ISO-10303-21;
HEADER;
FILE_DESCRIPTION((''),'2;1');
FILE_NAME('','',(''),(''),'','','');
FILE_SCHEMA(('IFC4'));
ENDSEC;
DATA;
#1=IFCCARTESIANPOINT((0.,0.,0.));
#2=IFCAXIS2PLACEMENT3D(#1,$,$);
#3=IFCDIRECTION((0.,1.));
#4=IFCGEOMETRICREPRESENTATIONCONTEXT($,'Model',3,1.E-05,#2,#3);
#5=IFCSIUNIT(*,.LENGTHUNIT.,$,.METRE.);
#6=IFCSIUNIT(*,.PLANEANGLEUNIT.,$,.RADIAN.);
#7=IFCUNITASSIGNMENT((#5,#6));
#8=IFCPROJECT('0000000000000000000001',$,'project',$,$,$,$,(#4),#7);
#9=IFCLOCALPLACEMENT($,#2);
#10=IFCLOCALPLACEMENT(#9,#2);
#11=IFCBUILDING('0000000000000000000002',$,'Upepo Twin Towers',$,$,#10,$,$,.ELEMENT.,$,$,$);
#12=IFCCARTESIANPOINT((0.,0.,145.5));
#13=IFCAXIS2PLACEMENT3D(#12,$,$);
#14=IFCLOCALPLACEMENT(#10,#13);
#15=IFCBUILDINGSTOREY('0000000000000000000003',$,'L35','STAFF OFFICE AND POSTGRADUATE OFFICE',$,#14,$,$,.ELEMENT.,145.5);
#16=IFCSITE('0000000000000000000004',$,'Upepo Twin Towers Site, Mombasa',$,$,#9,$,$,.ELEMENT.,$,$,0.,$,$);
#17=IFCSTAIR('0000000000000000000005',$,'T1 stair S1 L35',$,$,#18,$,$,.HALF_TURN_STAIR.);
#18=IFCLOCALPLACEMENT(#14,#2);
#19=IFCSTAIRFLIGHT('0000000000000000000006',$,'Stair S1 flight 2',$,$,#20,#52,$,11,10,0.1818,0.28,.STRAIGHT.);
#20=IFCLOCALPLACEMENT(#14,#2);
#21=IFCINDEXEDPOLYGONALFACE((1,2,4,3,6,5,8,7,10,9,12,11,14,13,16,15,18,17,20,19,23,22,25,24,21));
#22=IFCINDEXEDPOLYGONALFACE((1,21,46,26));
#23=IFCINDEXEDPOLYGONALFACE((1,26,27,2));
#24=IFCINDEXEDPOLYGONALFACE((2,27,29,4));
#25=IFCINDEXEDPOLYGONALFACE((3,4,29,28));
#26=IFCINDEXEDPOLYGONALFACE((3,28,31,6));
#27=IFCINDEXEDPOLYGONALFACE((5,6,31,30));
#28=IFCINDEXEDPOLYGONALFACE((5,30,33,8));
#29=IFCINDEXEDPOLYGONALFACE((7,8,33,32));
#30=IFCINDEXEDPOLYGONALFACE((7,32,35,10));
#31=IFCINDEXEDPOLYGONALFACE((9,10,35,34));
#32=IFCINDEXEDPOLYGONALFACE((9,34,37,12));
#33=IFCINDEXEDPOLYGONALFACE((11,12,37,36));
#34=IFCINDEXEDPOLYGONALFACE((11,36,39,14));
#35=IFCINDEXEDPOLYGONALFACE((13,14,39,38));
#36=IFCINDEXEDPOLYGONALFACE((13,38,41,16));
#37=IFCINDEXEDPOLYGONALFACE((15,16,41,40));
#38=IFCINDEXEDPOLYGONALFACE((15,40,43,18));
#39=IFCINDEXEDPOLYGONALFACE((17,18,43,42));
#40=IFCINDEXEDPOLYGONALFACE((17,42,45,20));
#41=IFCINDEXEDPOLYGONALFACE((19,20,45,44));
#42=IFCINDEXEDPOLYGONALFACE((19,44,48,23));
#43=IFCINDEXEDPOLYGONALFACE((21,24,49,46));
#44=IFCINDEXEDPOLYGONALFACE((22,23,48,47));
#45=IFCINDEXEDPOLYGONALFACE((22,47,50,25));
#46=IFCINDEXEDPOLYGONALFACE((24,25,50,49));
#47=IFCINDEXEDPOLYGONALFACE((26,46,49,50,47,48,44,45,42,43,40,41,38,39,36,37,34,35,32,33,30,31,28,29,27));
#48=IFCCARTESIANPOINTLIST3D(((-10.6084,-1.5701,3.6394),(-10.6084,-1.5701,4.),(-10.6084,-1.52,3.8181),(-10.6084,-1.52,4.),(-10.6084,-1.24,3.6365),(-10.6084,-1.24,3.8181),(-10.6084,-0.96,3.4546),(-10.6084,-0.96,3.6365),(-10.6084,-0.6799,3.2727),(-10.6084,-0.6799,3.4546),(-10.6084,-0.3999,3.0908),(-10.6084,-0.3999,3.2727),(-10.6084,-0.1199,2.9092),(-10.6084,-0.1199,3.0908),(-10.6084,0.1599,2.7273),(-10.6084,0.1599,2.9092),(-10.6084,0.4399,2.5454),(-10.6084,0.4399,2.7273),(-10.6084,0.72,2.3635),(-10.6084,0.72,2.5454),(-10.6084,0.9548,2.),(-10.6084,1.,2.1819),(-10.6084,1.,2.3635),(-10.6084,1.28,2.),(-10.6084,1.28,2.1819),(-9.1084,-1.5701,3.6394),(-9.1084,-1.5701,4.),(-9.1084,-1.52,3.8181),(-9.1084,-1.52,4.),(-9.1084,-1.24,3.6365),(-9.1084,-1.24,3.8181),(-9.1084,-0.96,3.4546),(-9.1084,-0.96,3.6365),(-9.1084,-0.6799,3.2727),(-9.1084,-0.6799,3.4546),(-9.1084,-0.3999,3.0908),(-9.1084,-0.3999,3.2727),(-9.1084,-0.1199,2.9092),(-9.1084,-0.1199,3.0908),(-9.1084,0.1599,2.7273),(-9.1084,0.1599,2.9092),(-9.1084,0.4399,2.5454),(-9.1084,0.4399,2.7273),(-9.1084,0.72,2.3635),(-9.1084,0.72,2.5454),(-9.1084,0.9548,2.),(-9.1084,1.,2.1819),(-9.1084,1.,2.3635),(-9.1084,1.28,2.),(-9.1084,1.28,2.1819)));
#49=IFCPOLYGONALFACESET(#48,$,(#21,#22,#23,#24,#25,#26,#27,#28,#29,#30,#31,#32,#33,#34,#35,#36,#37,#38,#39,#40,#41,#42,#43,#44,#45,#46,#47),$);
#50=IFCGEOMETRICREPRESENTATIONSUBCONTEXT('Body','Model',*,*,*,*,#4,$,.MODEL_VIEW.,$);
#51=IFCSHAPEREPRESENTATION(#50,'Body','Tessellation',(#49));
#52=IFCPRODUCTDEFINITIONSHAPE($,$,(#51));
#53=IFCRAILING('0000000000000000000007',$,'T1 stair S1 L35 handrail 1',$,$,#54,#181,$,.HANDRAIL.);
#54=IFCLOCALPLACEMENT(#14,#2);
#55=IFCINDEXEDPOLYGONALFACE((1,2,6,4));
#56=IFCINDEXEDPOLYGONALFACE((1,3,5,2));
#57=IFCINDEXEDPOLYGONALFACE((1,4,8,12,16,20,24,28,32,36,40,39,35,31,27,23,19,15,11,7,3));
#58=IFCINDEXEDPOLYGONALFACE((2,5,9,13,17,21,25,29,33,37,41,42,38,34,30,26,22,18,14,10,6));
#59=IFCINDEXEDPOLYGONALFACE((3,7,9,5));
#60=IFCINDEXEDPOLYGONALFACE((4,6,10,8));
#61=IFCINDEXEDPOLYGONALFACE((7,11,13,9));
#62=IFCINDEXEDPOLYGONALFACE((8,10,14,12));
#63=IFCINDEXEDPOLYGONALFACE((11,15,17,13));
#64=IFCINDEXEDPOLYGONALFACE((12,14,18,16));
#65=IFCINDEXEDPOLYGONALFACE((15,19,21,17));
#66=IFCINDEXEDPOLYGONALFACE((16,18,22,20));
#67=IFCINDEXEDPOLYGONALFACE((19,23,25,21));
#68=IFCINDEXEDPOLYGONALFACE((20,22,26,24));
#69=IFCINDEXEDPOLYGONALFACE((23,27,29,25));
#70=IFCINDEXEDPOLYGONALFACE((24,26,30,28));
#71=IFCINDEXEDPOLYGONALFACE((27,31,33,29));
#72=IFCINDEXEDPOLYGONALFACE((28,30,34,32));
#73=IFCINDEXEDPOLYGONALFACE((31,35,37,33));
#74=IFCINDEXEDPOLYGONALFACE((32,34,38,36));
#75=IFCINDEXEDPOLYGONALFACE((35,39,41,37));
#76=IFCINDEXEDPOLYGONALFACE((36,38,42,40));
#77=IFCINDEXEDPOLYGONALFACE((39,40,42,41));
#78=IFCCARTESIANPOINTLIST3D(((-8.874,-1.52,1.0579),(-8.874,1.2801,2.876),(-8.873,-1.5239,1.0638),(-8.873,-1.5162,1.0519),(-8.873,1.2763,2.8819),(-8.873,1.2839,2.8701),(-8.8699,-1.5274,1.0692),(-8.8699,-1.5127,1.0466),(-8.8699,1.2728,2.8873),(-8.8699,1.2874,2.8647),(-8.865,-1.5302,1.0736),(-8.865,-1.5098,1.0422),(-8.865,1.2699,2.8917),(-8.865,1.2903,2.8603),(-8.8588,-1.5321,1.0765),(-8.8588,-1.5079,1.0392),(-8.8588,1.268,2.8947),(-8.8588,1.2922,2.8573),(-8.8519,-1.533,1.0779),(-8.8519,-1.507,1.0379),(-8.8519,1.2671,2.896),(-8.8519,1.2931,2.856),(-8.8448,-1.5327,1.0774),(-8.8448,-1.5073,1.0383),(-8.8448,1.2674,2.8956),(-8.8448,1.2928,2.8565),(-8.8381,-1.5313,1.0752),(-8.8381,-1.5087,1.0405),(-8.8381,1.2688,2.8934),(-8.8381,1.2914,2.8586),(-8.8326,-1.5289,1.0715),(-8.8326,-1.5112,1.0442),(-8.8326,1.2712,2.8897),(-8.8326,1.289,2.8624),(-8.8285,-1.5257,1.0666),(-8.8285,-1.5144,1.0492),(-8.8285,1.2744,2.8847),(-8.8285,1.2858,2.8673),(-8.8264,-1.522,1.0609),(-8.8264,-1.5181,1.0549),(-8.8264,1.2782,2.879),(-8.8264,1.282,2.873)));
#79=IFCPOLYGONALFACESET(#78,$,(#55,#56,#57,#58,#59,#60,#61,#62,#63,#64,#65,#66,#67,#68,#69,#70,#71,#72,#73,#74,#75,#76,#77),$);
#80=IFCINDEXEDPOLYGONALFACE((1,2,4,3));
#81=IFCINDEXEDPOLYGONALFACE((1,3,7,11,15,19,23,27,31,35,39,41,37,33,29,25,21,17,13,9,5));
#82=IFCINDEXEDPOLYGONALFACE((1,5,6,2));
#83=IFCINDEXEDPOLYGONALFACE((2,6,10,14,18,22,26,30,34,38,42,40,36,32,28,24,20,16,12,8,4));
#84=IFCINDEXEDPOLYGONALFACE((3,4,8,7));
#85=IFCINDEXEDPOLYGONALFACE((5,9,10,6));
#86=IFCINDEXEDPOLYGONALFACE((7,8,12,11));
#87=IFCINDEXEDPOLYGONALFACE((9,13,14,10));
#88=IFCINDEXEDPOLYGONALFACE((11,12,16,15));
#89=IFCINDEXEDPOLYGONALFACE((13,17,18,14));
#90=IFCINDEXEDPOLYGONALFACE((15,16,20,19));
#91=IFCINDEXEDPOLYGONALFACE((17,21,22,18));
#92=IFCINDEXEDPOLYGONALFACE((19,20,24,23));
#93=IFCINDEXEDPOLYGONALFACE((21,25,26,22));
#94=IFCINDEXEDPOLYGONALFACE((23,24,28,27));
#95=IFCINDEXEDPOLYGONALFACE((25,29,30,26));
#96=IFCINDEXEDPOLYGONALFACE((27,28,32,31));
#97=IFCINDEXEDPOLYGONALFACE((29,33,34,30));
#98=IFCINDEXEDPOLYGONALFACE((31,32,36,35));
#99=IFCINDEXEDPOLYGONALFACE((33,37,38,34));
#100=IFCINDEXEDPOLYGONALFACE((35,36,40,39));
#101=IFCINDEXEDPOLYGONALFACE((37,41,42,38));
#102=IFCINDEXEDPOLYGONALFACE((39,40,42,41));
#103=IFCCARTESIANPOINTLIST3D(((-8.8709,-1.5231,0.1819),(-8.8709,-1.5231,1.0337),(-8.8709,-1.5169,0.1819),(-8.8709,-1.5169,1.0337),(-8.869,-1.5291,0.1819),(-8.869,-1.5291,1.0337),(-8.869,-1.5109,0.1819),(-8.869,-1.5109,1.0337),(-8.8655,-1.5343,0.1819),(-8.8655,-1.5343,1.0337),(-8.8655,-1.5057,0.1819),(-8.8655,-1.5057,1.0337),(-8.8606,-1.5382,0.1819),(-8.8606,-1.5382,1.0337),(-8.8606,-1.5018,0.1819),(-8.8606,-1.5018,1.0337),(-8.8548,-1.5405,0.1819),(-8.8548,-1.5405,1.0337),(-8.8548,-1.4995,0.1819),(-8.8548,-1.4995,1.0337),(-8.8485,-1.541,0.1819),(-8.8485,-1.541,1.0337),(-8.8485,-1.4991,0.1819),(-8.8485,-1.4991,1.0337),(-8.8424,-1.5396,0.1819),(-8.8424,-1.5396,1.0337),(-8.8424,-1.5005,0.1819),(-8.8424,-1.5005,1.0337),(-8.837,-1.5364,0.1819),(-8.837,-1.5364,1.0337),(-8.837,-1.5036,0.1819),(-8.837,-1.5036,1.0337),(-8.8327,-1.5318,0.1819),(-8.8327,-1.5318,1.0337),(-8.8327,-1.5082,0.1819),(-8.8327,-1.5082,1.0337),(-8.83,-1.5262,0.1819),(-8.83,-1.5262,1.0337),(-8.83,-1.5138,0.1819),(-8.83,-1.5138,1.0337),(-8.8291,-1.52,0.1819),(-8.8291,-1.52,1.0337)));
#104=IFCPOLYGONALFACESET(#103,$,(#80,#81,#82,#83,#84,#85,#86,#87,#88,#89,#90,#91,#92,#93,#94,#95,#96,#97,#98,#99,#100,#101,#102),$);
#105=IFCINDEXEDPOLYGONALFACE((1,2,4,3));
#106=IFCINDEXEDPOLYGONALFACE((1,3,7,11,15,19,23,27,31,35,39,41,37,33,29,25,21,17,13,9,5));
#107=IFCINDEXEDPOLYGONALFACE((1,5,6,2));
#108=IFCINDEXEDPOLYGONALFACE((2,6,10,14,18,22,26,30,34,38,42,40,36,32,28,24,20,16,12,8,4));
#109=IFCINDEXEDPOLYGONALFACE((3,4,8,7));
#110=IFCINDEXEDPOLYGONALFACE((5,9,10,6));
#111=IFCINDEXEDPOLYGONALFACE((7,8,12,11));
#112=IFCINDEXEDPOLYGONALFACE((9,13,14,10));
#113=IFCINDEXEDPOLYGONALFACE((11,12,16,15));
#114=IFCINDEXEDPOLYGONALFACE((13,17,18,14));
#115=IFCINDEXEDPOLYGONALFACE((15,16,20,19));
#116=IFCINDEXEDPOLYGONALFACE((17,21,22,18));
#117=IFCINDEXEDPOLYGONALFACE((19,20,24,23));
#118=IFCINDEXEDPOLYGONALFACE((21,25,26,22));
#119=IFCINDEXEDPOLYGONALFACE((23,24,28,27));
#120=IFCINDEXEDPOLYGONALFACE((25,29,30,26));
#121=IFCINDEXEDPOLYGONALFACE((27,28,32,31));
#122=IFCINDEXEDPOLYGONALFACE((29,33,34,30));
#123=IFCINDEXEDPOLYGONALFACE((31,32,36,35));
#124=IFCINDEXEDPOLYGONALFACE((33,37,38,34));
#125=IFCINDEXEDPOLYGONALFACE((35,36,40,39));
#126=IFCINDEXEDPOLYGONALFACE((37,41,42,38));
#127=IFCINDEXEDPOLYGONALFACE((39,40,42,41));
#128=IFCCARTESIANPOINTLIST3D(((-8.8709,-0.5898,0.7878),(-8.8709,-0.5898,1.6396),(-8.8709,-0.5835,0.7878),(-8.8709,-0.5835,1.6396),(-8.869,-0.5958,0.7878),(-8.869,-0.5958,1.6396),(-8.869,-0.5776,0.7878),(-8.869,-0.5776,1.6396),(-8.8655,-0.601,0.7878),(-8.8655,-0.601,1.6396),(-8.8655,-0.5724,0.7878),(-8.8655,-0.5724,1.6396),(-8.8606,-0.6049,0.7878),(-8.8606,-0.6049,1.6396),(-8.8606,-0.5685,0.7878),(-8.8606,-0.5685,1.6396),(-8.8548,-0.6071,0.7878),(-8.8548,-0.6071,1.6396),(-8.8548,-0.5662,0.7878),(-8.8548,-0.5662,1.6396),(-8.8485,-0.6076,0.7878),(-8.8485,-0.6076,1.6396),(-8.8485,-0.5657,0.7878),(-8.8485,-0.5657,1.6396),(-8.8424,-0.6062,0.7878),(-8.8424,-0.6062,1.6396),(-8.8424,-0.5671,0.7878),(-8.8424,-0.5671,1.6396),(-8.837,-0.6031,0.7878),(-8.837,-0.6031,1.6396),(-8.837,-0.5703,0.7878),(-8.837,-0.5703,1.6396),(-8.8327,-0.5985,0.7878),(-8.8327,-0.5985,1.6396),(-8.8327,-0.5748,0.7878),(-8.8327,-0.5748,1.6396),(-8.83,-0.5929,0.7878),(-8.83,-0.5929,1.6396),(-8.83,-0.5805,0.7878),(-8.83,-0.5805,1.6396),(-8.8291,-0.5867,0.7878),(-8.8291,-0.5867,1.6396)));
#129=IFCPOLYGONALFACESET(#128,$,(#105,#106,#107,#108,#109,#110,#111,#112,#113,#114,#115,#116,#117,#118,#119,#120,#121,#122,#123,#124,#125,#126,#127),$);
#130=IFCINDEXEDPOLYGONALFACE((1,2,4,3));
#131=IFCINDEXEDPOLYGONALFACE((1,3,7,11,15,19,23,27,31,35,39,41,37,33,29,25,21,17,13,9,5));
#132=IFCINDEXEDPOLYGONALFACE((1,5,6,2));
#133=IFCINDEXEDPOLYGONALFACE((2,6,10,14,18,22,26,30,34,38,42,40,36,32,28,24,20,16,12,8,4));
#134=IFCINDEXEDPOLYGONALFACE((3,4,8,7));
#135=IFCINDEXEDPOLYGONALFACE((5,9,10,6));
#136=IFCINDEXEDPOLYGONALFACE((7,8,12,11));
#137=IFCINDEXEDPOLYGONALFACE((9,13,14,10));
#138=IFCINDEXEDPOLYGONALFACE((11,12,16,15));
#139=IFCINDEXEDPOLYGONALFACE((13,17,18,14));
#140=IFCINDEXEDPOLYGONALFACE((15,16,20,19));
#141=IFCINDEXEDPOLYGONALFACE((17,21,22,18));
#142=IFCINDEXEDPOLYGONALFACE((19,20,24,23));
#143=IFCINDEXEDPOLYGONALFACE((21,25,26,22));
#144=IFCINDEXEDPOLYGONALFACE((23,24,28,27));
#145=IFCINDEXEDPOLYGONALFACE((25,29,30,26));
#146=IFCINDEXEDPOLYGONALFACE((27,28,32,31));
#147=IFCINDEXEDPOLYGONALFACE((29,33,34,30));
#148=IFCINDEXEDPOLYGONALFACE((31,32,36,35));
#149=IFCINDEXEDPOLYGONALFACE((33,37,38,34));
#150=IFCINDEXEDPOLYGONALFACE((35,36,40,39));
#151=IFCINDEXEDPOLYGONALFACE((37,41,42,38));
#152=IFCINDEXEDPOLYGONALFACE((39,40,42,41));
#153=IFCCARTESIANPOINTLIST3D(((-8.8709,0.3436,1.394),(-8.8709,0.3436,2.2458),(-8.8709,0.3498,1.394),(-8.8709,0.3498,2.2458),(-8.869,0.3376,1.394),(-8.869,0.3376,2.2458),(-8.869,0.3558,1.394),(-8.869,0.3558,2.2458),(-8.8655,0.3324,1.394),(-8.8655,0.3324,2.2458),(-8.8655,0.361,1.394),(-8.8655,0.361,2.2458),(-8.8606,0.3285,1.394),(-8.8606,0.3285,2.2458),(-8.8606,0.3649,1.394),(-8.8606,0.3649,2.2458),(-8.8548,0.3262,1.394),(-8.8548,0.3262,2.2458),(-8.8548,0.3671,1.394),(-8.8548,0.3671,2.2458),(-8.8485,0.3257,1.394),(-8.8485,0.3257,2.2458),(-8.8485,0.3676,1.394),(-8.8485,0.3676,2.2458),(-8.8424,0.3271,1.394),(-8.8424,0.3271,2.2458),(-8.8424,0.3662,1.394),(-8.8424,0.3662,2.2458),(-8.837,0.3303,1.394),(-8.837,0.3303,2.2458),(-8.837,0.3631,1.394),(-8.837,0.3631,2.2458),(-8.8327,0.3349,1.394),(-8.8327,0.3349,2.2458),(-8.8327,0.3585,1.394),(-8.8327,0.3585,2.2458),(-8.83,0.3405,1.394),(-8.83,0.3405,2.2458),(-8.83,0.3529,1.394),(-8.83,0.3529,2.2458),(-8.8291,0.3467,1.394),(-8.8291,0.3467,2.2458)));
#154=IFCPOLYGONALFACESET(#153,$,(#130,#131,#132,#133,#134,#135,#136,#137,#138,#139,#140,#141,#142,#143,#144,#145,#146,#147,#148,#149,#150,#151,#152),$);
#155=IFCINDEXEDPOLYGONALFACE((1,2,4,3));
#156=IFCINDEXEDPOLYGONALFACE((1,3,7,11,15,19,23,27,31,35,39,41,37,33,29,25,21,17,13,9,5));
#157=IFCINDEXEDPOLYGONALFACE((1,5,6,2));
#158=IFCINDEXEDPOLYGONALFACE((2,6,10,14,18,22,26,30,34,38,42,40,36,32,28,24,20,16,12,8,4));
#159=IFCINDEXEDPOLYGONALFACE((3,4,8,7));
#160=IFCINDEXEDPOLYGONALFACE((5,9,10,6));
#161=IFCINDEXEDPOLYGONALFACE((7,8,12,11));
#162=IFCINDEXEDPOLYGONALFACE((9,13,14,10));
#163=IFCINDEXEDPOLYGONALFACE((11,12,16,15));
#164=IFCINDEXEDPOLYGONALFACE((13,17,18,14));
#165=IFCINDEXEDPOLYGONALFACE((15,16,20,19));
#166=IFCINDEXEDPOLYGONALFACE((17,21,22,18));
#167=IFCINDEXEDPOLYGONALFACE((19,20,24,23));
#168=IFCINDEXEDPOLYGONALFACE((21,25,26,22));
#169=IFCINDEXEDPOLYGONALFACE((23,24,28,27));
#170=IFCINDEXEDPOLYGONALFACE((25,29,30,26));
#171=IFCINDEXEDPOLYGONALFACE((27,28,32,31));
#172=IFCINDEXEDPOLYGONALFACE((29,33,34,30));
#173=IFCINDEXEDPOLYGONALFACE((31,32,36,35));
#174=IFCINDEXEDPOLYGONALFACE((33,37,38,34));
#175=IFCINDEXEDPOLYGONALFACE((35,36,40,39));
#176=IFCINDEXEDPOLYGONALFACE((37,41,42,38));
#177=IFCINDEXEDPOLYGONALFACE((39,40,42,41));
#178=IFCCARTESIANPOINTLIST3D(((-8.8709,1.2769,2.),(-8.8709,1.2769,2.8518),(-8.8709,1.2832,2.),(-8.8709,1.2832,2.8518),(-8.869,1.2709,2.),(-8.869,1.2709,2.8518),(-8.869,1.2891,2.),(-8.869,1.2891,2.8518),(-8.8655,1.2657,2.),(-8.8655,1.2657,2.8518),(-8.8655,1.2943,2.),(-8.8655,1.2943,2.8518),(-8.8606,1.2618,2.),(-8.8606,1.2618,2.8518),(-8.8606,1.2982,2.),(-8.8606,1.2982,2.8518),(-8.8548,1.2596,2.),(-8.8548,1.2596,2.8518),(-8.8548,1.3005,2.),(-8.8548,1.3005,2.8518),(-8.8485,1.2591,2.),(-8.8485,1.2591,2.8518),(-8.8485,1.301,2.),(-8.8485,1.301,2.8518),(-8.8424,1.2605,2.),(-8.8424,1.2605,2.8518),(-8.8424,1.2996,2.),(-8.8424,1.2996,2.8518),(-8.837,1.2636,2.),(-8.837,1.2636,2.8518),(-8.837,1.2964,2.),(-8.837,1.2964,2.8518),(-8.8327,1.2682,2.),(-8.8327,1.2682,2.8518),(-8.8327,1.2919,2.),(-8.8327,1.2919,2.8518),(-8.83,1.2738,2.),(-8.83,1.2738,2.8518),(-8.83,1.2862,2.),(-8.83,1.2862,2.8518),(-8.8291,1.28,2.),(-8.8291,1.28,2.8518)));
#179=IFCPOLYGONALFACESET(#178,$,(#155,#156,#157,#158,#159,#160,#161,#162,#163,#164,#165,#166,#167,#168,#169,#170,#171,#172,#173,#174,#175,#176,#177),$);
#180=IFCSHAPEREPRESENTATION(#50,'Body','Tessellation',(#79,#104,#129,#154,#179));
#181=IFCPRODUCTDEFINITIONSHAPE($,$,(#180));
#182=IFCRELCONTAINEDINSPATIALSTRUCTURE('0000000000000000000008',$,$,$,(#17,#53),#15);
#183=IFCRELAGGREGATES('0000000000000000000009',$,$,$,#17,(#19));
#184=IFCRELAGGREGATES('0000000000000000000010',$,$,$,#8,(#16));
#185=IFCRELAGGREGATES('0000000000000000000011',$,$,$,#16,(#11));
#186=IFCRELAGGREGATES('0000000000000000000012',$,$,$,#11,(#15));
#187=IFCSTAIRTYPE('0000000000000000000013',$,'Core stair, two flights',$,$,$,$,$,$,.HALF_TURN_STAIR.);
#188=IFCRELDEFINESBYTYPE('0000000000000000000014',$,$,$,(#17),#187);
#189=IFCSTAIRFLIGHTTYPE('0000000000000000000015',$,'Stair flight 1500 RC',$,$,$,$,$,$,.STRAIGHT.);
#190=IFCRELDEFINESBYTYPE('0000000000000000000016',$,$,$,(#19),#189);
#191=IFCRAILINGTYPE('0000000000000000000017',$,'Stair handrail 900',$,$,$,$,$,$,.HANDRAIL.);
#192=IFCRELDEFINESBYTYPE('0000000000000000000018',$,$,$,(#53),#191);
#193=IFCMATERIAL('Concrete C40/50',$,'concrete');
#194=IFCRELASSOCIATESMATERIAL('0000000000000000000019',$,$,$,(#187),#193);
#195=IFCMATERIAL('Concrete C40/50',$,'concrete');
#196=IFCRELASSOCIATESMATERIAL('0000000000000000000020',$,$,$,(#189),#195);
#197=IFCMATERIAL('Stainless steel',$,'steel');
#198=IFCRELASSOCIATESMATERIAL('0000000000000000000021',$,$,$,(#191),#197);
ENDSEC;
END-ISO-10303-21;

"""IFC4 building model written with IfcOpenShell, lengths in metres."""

from ifc_helpers import new_model, si_unit, direction, frame, origin, origin_2d, place, context, subcontext, project, spatial, polyline, circle, outline, extrude, material, type_object, element, aggregate, save


model = new_model("IFC4")

# Units and contexts
model_context = context("Model", 3, precision=1e-05, world=origin(), true_north=direction((0.0, 1.0)))
body_context = subcontext(model_context, "Body", "Model", "MODEL_VIEW")
ifc_project = project(units=[si_unit("LENGTHUNIT", "METRE"), si_unit("PLANEANGLEUNIT", "RADIAN")], contexts=[model_context])

# Site, building, storey
site_placement = place(None, origin())
site = spatial("IfcSite", under=ifc_project, at=site_placement, Name="Upepo Twin Towers Site, Mombasa", CompositionType="ELEMENT", RefElevation=0.0)
building_placement = place(site_placement, origin())
building = spatial("IfcBuilding", under=site, at=building_placement, Name="Upepo Twin Towers", CompositionType="ELEMENT")
storey_placement = place(building_placement, frame((0.0, 0.0, 145.5)))
storey = spatial("IfcBuildingStorey", under=building, at=storey_placement, Name="L35", Description="STAFF OFFICE AND POSTGRADUATE OFFICE", CompositionType="ELEMENT", Elevation=145.5)

# Stair, stair flight
ifc_material_1 = material(Name="Concrete C40/50", Category="concrete")
stair_type = type_object("IfcStairType", Name="Core stair, two flights", PredefinedType="HALF_TURN_STAIR", material=ifc_material_1)
stair_placement = place(storey_placement, origin())
stair = element("IfcStair", 1, at=stair_placement, inside=storey, type_object=stair_type, Name="T1 stair S1 L35", PredefinedType="HALF_TURN_STAIR")
ifc_material_2 = material(Name="Concrete C40/50", Category="concrete")
stair_flight_type = type_object("IfcStairFlightType", Name="Stair flight 1500 RC", PredefinedType="STRAIGHT", material=ifc_material_2)
stair_flight_1_placement = place(storey_placement, frame((-9.8584, 1.28, 2.0), z_axis=(0.0, 0.0, 1.0), x_axis=(0.0, -1.0, 0.0)))
stair_flight_1 = element("IfcStairFlight", 2, at=stair_flight_1_placement, type_object=stair_flight_type, Name="Stair S1 flight 2", NumberOfRisers=11, NumberOfTreads=10, PredefinedType="STRAIGHT", RiserHeight=0.1818, TreadLength=0.28, context=body_context, shape_type="SweptSolid", body=[
    extrude(outline(polyline([(0.0, 0.0), (0.0, 0.1819), (0.28, 0.1819), (0.28, 0.3635), (0.5601, 0.3635), (0.5601, 0.5454), (0.8401, 0.5454), (0.8401, 0.7273), (1.1201, 0.7273), (1.1201, 0.9092), (1.3999, 0.9092), (1.3999, 1.0908), (1.6799, 1.0908), (1.6799, 1.2727), (1.96, 1.2727), (1.96, 1.4546), (2.24, 1.4546), (2.24, 1.6365), (2.52, 1.6365), (2.52, 1.8181), (2.8, 1.8181), (2.8, 2.0), (2.8501, 2.0), (2.8501, 1.6394), (0.3252, 0.0), (0.0, 0.0)])), frame((0.0, 0.75, 0.0), z_axis=(0.0, -1.0, 0.0), x_axis=(1.0, 0.0, 0.0)), (0.0, 0.0, 1.0), 1.5),
])
aggregate(stair, [stair_flight_1])

# Railing
ifc_material_3 = material(Name="Stainless steel", Category="steel")
railing_type = type_object("IfcRailingType", Name="Stair handrail 900", PredefinedType="HANDRAIL", material=ifc_material_3)
railing_1_placement = place(storey_placement, frame((-8.8501, -1.52, 0.1819)))
element("IfcRailing", 3, at=railing_1_placement, inside=storey, type_object=railing_type, Name="T1 stair S1 L35 handrail 1", PredefinedType="HANDRAIL", context=body_context, shape_type="SweptSolid", body=[
    extrude(circle(Radius=0.0239, at=origin_2d()), frame((0.0, 0.0, 0.876), z_axis=(0.0, 0.838706, 0.544585), x_axis=(-1.0, 0.0, 0.0)), (0.0, 0.0, 1.0), 3.3386),
    extrude(circle(Radius=0.021, at=origin_2d()), origin(), (0.0, 0.0, 1.0), 0.8518),
    extrude(circle(Radius=0.021, at=origin_2d()), frame((0.0, 0.9333, 0.606)), (0.0, 0.0, 1.0), 0.8518),
    extrude(circle(Radius=0.021, at=origin_2d()), frame((0.0, 1.8667, 1.2122)), (0.0, 0.0, 1.0), 0.8518),
    extrude(circle(Radius=0.021, at=origin_2d()), frame((0.0, 2.8, 1.8181)), (0.0, 0.0, 1.0), 0.8518),
])

save(model, "model.ifc")
